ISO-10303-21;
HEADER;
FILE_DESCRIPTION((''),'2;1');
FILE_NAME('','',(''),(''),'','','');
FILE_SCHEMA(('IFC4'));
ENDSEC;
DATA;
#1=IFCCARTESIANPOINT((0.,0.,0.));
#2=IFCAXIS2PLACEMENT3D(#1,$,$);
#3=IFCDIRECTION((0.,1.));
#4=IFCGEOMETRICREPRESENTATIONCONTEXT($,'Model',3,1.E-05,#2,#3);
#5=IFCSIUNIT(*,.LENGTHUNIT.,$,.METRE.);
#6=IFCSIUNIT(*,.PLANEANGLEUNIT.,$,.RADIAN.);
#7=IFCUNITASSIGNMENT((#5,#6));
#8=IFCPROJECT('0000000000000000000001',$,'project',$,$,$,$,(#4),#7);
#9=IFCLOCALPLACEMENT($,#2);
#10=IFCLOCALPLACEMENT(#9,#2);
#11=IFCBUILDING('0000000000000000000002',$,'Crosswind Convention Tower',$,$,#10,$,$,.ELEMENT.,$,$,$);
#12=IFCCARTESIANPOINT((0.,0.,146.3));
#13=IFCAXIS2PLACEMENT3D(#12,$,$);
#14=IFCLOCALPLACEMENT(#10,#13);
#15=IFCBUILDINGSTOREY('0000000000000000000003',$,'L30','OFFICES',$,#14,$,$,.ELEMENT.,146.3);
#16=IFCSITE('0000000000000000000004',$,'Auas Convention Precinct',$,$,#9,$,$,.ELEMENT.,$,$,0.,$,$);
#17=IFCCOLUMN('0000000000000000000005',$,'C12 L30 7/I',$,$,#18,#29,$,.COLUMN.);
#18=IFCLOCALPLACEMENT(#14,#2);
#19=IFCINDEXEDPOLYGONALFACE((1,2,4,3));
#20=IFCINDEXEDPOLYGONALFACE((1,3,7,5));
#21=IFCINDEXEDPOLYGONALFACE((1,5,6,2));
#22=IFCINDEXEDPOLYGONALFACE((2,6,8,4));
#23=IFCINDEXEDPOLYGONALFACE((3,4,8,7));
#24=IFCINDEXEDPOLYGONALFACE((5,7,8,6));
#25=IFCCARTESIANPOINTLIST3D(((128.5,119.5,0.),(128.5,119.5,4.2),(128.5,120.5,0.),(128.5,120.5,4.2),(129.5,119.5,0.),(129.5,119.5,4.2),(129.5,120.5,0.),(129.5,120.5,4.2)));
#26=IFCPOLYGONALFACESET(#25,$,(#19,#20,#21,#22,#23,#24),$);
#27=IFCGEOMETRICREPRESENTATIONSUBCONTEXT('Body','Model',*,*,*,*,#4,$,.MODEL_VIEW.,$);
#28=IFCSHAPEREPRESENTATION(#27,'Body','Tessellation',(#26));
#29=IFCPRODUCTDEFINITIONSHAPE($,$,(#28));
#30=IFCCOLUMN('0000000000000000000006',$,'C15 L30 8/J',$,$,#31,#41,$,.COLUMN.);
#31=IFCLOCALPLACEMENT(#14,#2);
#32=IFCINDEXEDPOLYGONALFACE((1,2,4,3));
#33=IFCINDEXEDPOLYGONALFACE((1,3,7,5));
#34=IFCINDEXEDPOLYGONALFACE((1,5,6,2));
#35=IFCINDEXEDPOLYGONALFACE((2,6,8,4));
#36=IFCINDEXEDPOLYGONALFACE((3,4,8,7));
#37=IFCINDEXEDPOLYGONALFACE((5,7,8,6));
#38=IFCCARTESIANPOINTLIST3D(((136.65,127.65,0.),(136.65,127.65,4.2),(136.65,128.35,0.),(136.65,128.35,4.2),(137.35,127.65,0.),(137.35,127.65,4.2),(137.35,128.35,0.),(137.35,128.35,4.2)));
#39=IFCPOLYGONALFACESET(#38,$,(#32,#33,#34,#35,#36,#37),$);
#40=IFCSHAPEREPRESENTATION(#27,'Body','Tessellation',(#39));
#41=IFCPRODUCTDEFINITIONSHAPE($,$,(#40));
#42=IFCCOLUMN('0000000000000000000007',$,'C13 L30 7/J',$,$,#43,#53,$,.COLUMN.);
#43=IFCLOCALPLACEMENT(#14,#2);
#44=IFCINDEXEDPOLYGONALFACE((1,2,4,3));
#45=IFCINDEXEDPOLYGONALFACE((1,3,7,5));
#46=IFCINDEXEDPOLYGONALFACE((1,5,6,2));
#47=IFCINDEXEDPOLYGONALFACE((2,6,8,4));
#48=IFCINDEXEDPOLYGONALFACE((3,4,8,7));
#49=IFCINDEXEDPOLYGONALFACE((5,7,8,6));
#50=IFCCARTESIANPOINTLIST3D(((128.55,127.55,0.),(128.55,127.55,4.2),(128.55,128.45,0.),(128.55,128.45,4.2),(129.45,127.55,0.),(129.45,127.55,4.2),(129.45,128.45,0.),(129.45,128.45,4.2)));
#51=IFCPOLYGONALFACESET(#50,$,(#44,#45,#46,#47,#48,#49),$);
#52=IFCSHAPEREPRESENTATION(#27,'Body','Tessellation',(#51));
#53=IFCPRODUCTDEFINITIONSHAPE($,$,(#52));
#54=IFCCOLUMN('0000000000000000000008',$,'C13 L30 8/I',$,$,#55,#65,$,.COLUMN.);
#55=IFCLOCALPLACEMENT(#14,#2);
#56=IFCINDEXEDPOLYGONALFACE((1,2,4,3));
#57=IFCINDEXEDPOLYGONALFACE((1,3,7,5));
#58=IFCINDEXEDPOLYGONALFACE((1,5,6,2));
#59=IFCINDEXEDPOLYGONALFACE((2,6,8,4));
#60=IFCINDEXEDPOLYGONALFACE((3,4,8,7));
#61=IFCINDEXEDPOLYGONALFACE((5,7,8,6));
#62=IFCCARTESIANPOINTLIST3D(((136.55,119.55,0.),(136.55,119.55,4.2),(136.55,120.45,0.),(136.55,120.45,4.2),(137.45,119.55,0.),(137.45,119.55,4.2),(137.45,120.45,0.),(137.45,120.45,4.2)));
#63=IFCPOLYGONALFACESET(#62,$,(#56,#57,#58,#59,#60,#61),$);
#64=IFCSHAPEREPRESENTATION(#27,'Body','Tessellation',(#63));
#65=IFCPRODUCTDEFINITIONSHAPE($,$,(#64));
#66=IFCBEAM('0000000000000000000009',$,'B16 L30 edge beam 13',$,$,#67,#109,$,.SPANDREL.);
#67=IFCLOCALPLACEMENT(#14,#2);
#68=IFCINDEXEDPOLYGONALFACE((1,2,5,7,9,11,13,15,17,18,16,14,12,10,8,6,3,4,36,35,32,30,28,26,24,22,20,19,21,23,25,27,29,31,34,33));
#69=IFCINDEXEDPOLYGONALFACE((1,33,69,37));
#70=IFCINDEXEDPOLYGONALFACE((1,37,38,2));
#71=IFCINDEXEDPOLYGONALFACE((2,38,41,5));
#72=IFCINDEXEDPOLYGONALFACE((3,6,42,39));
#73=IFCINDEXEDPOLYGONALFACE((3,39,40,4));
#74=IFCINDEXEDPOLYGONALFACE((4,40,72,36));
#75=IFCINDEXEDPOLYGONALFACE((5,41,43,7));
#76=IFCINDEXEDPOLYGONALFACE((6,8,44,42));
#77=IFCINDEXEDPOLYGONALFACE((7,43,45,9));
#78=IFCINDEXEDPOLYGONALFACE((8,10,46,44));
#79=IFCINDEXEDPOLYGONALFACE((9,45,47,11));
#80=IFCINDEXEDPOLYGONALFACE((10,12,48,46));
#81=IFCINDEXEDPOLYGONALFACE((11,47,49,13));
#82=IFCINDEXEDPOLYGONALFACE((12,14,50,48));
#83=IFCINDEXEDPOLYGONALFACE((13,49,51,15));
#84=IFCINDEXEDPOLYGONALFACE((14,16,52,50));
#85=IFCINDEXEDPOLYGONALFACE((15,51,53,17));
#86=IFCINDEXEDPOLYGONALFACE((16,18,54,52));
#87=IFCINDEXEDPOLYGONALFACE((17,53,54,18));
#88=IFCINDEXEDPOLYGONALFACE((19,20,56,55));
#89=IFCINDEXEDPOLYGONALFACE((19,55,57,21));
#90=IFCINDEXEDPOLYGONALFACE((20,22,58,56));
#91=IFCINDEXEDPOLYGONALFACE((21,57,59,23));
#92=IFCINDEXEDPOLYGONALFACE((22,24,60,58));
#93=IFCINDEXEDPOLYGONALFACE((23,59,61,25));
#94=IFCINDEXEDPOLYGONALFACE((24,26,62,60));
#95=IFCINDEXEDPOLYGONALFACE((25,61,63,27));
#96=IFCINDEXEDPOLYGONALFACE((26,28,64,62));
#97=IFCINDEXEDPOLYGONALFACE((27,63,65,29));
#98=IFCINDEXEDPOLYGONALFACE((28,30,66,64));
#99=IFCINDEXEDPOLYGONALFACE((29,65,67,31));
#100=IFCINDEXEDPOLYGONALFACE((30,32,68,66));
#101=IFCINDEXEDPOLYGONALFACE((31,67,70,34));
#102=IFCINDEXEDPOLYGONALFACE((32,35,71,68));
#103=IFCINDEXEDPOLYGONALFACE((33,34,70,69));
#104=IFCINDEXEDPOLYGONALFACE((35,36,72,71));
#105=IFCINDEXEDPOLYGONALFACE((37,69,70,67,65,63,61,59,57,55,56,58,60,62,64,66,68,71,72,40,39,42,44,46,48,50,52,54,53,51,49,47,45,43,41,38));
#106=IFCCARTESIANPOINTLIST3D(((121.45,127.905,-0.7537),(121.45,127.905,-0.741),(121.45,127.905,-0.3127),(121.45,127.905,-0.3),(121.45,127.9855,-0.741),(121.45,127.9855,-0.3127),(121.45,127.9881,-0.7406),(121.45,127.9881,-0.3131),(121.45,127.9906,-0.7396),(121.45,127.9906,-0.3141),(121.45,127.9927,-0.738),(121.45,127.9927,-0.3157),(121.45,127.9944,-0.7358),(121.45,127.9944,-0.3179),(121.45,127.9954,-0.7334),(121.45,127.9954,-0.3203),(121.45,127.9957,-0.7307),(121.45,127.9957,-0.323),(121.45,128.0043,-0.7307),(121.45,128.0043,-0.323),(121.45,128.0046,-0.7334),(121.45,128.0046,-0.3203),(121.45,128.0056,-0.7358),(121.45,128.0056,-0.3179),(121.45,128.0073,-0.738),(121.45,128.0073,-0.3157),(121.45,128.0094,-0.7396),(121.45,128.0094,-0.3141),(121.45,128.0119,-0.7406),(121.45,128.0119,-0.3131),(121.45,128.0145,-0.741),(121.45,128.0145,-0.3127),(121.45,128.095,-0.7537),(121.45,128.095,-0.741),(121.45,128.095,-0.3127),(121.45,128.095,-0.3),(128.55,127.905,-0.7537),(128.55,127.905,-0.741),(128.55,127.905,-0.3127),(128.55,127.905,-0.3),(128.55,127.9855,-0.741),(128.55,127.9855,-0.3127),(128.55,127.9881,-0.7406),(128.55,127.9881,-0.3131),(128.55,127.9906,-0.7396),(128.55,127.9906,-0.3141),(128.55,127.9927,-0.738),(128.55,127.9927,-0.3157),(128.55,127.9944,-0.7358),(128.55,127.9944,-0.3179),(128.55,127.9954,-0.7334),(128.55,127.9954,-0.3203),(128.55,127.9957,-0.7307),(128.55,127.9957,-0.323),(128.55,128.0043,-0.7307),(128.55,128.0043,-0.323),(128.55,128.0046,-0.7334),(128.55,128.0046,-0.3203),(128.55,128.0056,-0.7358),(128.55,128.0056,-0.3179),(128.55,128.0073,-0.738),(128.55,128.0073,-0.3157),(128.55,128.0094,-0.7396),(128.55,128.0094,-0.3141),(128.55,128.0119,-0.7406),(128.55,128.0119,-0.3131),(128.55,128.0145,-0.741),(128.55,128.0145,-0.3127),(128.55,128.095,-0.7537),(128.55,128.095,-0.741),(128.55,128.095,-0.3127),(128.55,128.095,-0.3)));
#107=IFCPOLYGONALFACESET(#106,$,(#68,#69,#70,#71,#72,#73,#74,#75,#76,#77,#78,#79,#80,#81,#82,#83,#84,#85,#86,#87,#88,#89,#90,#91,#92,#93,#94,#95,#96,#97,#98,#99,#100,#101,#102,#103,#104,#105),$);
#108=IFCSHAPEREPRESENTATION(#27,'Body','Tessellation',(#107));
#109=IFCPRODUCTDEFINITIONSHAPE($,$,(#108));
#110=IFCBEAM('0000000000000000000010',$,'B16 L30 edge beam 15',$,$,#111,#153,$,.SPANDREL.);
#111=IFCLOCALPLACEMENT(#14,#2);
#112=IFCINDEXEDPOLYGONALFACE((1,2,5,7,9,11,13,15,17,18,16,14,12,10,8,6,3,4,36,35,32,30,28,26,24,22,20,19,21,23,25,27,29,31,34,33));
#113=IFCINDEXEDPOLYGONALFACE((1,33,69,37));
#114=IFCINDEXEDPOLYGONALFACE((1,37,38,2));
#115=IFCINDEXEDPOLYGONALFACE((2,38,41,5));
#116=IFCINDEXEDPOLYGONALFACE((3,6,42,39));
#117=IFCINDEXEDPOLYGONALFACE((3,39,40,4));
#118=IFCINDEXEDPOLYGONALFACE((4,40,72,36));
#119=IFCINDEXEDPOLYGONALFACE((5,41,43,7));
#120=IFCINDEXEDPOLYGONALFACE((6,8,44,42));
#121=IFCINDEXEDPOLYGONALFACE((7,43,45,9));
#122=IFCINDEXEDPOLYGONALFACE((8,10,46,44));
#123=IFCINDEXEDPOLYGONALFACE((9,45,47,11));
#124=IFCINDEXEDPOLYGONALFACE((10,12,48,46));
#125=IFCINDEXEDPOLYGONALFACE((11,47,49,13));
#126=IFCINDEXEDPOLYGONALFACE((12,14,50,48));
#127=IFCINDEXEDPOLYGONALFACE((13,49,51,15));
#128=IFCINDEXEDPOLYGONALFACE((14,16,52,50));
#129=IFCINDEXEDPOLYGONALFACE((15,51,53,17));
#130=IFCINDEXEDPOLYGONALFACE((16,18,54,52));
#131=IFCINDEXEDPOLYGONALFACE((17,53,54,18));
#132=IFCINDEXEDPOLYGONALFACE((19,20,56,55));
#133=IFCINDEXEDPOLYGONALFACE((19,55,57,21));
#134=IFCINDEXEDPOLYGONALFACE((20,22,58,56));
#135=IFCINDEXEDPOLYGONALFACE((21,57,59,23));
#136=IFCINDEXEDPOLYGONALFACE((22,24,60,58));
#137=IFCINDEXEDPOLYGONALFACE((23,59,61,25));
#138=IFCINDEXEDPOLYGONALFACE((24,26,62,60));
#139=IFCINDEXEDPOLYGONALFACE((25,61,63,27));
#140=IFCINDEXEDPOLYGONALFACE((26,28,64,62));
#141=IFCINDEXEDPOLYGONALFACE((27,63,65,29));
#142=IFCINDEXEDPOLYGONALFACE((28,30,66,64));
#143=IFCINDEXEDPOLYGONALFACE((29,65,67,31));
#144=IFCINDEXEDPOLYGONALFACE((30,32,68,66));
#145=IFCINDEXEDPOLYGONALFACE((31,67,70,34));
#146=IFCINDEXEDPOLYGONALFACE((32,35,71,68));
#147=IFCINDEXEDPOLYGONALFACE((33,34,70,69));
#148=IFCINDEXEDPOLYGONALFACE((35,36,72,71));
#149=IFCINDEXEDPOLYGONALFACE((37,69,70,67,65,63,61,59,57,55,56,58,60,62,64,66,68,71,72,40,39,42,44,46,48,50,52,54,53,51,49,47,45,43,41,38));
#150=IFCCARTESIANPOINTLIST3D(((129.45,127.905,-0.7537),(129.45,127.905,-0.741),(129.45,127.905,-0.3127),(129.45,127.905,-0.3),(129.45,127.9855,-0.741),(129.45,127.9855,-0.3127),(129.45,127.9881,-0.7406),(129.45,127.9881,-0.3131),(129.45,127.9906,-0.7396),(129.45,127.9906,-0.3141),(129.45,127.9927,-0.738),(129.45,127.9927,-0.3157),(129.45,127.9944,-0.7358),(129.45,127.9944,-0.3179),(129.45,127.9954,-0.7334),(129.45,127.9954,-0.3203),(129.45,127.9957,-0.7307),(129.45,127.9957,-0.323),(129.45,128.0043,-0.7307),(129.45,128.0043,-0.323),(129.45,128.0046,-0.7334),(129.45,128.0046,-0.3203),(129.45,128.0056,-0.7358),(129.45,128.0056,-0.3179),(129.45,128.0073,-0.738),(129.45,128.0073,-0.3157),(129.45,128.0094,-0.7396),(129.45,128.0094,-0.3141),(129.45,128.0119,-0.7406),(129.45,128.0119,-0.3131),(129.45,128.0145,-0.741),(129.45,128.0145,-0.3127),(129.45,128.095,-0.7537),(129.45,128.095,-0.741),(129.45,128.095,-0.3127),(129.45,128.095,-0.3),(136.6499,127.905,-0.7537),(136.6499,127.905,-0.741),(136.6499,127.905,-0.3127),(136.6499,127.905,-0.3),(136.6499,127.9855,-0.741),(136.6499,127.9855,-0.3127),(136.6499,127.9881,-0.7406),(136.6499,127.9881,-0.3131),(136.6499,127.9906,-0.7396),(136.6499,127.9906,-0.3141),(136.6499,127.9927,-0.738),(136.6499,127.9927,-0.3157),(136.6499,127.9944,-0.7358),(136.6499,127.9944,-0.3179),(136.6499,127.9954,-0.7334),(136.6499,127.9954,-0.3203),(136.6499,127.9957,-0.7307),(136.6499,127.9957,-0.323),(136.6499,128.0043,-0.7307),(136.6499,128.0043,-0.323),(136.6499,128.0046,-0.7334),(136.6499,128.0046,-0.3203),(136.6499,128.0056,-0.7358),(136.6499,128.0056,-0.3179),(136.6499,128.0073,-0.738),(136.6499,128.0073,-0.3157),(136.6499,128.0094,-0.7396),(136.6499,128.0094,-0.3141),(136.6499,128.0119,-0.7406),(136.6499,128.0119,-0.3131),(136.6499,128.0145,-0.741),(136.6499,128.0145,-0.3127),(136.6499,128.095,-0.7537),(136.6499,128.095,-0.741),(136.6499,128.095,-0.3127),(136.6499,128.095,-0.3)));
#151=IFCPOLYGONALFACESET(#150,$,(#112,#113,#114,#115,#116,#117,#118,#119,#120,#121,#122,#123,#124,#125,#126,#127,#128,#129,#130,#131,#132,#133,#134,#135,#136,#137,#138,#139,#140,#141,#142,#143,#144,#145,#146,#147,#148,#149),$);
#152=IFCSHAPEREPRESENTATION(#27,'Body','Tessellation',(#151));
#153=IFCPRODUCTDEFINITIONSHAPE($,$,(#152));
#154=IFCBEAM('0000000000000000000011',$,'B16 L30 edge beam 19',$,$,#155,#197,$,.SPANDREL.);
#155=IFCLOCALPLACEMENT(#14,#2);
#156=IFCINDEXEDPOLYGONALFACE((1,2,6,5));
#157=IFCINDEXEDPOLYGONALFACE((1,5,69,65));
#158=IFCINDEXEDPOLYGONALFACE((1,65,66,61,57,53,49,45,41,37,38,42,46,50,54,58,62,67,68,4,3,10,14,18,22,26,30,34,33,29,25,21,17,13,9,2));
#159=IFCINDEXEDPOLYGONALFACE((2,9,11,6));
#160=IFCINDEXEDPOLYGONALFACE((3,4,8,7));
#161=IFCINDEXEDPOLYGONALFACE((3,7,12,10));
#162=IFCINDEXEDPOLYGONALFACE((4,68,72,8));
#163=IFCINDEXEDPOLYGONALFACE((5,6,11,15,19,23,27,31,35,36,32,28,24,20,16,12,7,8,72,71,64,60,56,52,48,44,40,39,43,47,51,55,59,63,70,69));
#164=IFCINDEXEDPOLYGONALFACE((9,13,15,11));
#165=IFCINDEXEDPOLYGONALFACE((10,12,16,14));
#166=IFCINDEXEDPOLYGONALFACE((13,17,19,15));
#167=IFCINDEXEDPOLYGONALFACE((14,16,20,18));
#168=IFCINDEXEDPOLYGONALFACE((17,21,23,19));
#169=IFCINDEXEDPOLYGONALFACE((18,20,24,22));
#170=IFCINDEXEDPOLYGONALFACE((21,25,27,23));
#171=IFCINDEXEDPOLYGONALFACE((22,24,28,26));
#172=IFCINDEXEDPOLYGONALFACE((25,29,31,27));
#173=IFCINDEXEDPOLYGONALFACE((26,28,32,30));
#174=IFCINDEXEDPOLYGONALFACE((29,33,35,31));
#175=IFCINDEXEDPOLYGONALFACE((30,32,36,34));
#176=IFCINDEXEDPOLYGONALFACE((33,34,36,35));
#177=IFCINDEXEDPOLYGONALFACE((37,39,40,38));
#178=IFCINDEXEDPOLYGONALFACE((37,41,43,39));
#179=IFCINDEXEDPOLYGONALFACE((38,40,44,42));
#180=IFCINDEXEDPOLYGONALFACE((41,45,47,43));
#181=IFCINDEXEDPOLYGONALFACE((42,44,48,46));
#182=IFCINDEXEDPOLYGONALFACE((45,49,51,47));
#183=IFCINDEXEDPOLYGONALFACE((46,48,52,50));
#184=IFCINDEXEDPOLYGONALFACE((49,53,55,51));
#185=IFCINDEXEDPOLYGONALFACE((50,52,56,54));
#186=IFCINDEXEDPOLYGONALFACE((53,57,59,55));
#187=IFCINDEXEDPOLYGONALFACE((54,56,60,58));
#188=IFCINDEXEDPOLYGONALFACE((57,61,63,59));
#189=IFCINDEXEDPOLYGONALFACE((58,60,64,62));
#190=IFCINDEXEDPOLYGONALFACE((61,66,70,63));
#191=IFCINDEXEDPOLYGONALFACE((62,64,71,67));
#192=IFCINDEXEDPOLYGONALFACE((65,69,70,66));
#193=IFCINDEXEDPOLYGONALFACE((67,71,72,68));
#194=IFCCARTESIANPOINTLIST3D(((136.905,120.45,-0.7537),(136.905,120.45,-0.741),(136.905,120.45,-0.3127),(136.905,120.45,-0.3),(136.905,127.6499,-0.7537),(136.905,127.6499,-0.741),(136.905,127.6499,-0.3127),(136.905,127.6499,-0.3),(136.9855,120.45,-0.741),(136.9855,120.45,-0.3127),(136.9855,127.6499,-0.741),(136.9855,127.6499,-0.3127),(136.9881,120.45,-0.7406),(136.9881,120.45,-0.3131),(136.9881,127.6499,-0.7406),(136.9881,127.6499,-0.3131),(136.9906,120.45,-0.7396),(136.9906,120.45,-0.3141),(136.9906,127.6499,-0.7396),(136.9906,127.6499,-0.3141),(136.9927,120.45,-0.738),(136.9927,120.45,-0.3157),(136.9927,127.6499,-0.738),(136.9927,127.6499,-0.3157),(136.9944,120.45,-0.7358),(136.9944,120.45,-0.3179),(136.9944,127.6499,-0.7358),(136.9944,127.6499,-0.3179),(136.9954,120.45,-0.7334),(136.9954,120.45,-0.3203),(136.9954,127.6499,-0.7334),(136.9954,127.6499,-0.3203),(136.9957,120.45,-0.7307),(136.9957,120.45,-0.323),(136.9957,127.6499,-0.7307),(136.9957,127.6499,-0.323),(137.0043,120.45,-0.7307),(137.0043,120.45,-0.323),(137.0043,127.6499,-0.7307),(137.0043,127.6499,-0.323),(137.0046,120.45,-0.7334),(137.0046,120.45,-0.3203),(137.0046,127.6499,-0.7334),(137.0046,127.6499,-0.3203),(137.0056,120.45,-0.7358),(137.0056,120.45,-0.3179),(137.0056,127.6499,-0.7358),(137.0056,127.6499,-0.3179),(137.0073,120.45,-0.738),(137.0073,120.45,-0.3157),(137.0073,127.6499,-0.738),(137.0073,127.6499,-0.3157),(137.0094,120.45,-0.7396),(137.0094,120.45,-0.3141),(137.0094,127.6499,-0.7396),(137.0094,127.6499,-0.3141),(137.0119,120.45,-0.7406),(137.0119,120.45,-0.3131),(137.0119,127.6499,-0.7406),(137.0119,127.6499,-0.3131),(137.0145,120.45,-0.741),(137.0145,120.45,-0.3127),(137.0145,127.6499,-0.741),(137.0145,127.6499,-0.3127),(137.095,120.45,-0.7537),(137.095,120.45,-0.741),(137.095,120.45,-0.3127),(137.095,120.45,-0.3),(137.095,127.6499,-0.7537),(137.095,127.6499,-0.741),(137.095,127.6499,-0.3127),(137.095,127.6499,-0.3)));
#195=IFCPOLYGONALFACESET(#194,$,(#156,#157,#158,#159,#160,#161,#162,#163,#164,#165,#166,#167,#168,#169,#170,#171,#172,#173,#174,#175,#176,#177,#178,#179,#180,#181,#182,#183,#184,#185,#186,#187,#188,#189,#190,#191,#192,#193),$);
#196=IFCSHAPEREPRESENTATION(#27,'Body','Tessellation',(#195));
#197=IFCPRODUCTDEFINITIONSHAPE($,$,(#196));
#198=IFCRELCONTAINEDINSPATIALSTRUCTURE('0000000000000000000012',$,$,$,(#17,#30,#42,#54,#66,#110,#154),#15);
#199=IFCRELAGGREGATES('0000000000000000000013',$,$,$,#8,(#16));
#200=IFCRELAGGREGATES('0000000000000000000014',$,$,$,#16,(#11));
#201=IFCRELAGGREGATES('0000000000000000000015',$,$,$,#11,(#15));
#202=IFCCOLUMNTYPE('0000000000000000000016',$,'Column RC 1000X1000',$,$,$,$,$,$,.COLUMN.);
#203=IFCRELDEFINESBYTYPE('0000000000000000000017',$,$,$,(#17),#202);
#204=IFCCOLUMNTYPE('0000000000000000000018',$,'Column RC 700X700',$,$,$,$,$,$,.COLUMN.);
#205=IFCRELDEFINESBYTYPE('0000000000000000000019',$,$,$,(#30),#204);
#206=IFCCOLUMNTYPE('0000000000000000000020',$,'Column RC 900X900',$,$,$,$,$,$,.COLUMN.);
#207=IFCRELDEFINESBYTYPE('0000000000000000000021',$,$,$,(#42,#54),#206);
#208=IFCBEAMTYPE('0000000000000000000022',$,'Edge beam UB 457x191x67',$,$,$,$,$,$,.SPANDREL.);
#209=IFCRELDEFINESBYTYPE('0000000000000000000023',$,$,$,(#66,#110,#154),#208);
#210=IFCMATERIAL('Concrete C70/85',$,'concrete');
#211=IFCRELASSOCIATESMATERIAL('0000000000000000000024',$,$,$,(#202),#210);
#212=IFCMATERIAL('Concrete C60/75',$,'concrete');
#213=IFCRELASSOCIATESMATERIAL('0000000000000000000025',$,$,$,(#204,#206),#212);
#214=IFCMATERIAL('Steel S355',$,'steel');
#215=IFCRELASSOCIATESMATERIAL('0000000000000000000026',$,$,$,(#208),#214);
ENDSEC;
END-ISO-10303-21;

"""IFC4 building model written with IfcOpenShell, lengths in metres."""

from ifc_helpers import new_model, si_unit, direction, frame, origin, origin_2d, place, context, subcontext, project, spatial, rectangle, i_section, extrude, material, material_profile, profile_set, type_object, element, save


model = new_model("IFC4")

# Units and contexts
model_context = context("Model", 3, precision=1e-05, world=origin(), true_north=direction((0.0, 1.0)))
body_context = subcontext(model_context, "Body", "Model", "MODEL_VIEW")
ifc_project = project(units=[si_unit("LENGTHUNIT", "METRE"), si_unit("PLANEANGLEUNIT", "RADIAN")], contexts=[model_context])

# Site, building, storey
site_placement = place(None, origin())
site = spatial("IfcSite", under=ifc_project, at=site_placement, Name="Auas Convention Precinct", CompositionType="ELEMENT", RefElevation=0.0)
building_placement = place(site_placement, origin())
building = spatial("IfcBuilding", under=site, at=building_placement, Name="Crosswind Convention Tower", CompositionType="ELEMENT")
storey_placement = place(building_placement, frame((0.0, 0.0, 146.3)))
storey = spatial("IfcBuildingStorey", under=building, at=storey_placement, Name="L30", Description="OFFICES", CompositionType="ELEMENT", Elevation=146.3)

# Columns
ifc_material_1 = material(Name="Concrete C70/85", Category="concrete")
ifc_material_profile_1 = material_profile(ifc_material_1, rectangle(XDim=1.0, YDim=1.0, at=origin_2d()), Name="RC 1000X1000")
ifc_profile_set_1 = profile_set([ifc_material_profile_1], Name="Concrete C70/85")
column_type_1 = type_object("IfcColumnType", Name="Column RC 1000X1000", PredefinedType="COLUMN", material=ifc_profile_set_1)
column_1_placement = place(storey_placement, frame((129.0, 120.0, 0.0), z_axis=(0.0, 0.0, 1.0), x_axis=(1.0, 0.0, 0.0)))
element("IfcColumn", 1, at=column_1_placement, inside=storey, type_object=column_type_1, Name="C12 L30 7/I", PredefinedType="COLUMN", context=body_context, shape_type="SweptSolid", body=[
    extrude(rectangle(XDim=1.0, YDim=1.0, at=origin_2d()), origin(), (0.0, 0.0, 1.0), 4.2),
])
ifc_material_2 = material(Name="Concrete C60/75", Category="concrete")
ifc_material_profile_2 = material_profile(ifc_material_2, rectangle(XDim=0.7, YDim=0.7, at=origin_2d()), Name="RC 700X700")
ifc_profile_set_2 = profile_set([ifc_material_profile_2], Name="Concrete C60/75")
column_type_2 = type_object("IfcColumnType", Name="Column RC 700X700", PredefinedType="COLUMN", material=ifc_profile_set_2)
column_2_placement = place(storey_placement, frame((137.0, 128.0, 0.0), z_axis=(0.0, 0.0, 1.0), x_axis=(1.0, 0.0, 0.0)))
element("IfcColumn", 2, at=column_2_placement, inside=storey, type_object=column_type_2, Name="C15 L30 8/J", PredefinedType="COLUMN", context=body_context, shape_type="SweptSolid", body=[
    extrude(rectangle(XDim=0.7, YDim=0.7, at=origin_2d()), origin(), (0.0, 0.0, 1.0), 4.2),
])
ifc_material_profile_3 = material_profile(ifc_material_2, rectangle(XDim=0.8999, YDim=0.8999, at=origin_2d()), Name="RC 900X900")
ifc_profile_set_3 = profile_set([ifc_material_profile_3], Name="Concrete C60/75")
column_type_3 = type_object("IfcColumnType", Name="Column RC 900X900", PredefinedType="COLUMN", material=ifc_profile_set_3)
for number, where, z_axis, x_axis, name in (
    (3, (129.0, 128.0, 0.0), (0.0, 0.0, 1.0), (1.0, 0.0, 0.0), "C13 L30 7/J"),
    (4, (137.0, 120.0, 0.0), (0.0, 0.0, 1.0), (1.0, 0.0, 0.0), "C13 L30 8/I"),
):
    element("IfcColumn", number, at=place(storey_placement, frame(where, z_axis=z_axis, x_axis=x_axis)), inside=storey, type_object=column_type_3, Name=name, PredefinedType="COLUMN", context=body_context, shape_type="SweptSolid", body=[
        extrude(rectangle(XDim=0.8999, YDim=0.8999, at=origin_2d()), origin(), (0.0, 0.0, 1.0), 4.2),
    ])

# Beams
ifc_material_3 = material(Name="Steel S355", Category="steel")
ifc_material_profile_4 = material_profile(ifc_material_3, i_section(OverallWidth=0.1899, OverallDepth=0.4536, WebThickness=0.0085, FlangeThickness=0.0127, FilletRadius=0.0103, at=origin_2d()), Name="UB 457x191x67")
ifc_profile_set_4 = profile_set([ifc_material_profile_4], Name="Steel S355")
beam_type_1 = type_object("IfcBeamType", Name="Edge beam UB 457x191x67", PredefinedType="SPANDREL", material=ifc_profile_set_4)
beam_placement = place(storey_placement, frame((121.45, 128.0, -0.5269), z_axis=(1.0, 0.0, 0.0), x_axis=(0.0, 1.0, 0.0)))
element("IfcBeam", 5, at=beam_placement, inside=storey, type_object=beam_type_1, Name="B16 L30 edge beam 13", PredefinedType="SPANDREL", context=body_context, shape_type="SweptSolid", body=[
    extrude(i_section(OverallWidth=0.1899, OverallDepth=0.4536, WebThickness=0.0085, FlangeThickness=0.0127, FilletRadius=0.0103, at=origin_2d()), origin(), (0.0, 0.0, 1.0), 7.1001),
])
for number, where, z_axis, x_axis, name in (
    (6, (129.45, 128.0, -0.5269), (1.0, 0.0, 0.0), (0.0, 1.0, 0.0), "B16 L30 edge beam 15"),
    (7, (137.0, 120.45, -0.5269), (0.0, 1.0, 0.0), (-1.0, 0.0, 0.0), "B16 L30 edge beam 19"),
):
    element("IfcBeam", number, at=place(storey_placement, frame(where, z_axis=z_axis, x_axis=x_axis)), inside=storey, type_object=beam_type_1, Name=name, PredefinedType="SPANDREL", context=body_context, shape_type="SweptSolid", body=[
        extrude(i_section(OverallWidth=0.1899, OverallDepth=0.4536, WebThickness=0.0085, FlangeThickness=0.0127, FilletRadius=0.0103, at=origin_2d()), origin(), (0.0, 0.0, 1.0), 7.2),
    ])

save(model, "model.ifc")
